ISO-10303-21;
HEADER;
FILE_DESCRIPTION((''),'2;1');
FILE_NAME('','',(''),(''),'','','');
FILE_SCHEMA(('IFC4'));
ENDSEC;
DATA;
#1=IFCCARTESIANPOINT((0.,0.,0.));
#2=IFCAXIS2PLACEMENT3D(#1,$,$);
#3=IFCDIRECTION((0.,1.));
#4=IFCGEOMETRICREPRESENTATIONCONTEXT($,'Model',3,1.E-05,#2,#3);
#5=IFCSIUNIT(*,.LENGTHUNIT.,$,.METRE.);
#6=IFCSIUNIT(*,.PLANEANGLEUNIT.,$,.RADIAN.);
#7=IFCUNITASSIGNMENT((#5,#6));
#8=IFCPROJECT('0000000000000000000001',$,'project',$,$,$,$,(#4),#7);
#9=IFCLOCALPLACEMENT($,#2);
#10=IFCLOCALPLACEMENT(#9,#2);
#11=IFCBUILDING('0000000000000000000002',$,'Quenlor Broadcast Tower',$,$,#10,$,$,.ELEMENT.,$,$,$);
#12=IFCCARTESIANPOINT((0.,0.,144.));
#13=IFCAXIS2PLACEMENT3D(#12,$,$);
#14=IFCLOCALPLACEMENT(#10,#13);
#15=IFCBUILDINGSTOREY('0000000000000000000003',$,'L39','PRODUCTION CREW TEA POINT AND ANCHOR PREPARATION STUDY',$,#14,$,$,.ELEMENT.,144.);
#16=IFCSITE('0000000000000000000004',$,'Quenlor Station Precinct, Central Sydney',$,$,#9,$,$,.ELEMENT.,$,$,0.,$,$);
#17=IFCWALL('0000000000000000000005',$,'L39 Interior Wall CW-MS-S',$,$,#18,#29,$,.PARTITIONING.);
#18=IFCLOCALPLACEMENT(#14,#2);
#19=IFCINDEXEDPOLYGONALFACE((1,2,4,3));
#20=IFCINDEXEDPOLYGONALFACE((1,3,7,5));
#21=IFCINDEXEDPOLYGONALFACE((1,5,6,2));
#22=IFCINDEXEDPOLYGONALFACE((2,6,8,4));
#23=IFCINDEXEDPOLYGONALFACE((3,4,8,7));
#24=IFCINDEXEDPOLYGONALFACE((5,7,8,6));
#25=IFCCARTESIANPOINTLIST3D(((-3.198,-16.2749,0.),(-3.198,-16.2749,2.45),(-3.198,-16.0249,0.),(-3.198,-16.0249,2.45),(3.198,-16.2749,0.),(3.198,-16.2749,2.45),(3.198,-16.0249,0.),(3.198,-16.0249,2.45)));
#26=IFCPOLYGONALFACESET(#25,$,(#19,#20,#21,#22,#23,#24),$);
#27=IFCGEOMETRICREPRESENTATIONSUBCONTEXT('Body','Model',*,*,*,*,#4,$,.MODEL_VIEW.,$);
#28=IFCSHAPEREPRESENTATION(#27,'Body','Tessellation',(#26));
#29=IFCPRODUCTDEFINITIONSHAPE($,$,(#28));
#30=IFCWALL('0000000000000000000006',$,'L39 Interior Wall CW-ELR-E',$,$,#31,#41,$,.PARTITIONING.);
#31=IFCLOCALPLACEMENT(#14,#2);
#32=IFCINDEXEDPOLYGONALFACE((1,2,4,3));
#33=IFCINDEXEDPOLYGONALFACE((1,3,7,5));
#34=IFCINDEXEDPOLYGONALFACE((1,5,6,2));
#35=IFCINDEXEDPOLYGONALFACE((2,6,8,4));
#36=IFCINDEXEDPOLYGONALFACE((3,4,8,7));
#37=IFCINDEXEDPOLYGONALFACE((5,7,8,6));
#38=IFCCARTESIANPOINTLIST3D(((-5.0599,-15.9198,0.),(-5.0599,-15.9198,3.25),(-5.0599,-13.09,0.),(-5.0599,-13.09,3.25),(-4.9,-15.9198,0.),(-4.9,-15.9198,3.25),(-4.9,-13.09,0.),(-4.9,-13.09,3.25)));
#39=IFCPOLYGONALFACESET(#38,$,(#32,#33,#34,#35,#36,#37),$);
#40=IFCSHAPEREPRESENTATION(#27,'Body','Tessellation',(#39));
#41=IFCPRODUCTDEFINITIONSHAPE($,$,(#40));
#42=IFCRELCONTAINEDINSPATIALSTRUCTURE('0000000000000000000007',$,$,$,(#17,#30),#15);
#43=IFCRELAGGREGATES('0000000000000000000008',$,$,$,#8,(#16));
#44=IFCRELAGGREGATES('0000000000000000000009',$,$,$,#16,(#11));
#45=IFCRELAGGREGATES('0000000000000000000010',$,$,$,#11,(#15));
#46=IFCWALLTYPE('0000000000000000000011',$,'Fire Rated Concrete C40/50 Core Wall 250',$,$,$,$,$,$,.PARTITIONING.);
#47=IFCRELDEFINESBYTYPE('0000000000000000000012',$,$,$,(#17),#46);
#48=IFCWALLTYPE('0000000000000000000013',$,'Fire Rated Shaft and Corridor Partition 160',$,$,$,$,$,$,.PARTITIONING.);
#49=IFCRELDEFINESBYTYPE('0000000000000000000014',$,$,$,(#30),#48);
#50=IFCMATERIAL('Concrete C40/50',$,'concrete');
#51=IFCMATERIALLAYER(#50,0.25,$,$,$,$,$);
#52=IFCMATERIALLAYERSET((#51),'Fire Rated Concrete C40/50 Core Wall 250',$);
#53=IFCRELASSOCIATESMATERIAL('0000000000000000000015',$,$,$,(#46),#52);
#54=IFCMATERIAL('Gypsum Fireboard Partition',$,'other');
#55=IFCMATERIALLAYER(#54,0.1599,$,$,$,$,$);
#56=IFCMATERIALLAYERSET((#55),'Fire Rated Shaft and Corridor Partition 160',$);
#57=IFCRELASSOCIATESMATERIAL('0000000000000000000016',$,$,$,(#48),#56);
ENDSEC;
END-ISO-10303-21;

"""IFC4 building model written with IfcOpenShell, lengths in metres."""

from ifc_helpers import new_model, si_unit, direction, frame, frame_2d, origin, place, context, subcontext, project, spatial, rectangle, extrude, material, layer, layer_set, type_object, element, save


model = new_model("IFC4")

# Units and contexts
model_context = context("Model", 3, precision=1e-05, world=origin(), true_north=direction((0.0, 1.0)))
body_context = subcontext(model_context, "Body", "Model", "MODEL_VIEW")
ifc_project = project(units=[si_unit("LENGTHUNIT", "METRE"), si_unit("PLANEANGLEUNIT", "RADIAN")], contexts=[model_context])

# Site, building, storey
site_placement = place(None, origin())
site = spatial("IfcSite", under=ifc_project, at=site_placement, Name="Quenlor Station Precinct, Central Sydney", CompositionType="ELEMENT", RefElevation=0.0)
building_placement = place(site_placement, origin())
building = spatial("IfcBuilding", under=site, at=building_placement, Name="Quenlor Broadcast Tower", CompositionType="ELEMENT")
storey_placement = place(building_placement, frame((0.0, 0.0, 144.0)))
storey = spatial("IfcBuildingStorey", under=building, at=storey_placement, Name="L39", Description="PRODUCTION CREW TEA POINT AND ANCHOR PREPARATION STUDY", CompositionType="ELEMENT", Elevation=144.0)

# Shared definitions
ifc_material_1 = material(Name="Concrete C40/50", Category="concrete")
ifc_layer_1 = layer(ifc_material_1, 0.25)
ifc_layer_set_1 = layer_set([ifc_layer_1], Name="Fire Rated Concrete C40/50 Core Wall 250")
wall_type_1 = type_object("IfcWallType", Name="Fire Rated Concrete C40/50 Core Wall 250", PredefinedType="PARTITIONING", material=ifc_layer_set_1)

# Walls
wall_1_placement = place(storey_placement, frame((-3.198, -16.1499, 0.0), z_axis=(0.0, 0.0, 1.0), x_axis=(1.0, 0.0, 0.0)))
element("IfcWall", 1, at=wall_1_placement, inside=storey, type_object=wall_type_1, Name="L39 Interior Wall CW-MS-S", PredefinedType="PARTITIONING", context=body_context, shape_type="SweptSolid", body=[
    extrude(rectangle(XDim=6.396, YDim=0.25, at=frame_2d((3.198, 0.0))), origin(), (0.0, 0.0, 1.0), 2.45),
])
ifc_material_2 = material(Name="Gypsum Fireboard Partition", Category="other")
ifc_layer_2 = layer(ifc_material_2, 0.1599)
ifc_layer_set_2 = layer_set([ifc_layer_2], Name="Fire Rated Shaft and Corridor Partition 160")
wall_type_2 = type_object("IfcWallType", Name="Fire Rated Shaft and Corridor Partition 160", PredefinedType="PARTITIONING", material=ifc_layer_set_2)
wall_2_placement = place(storey_placement, frame((-4.98, -15.9199, 0.0), z_axis=(0.0, 0.0, 1.0), x_axis=(0.0, 1.0, 0.0)))
element("IfcWall", 2, at=wall_2_placement, inside=storey, type_object=wall_type_2, Name="L39 Interior Wall CW-ELR-E", PredefinedType="PARTITIONING", context=body_context, shape_type="SweptSolid", body=[
    extrude(rectangle(XDim=2.8298, YDim=0.1599, at=frame_2d((1.415, 0.0))), origin(), (0.0, 0.0, 1.0), 3.25),
])

save(model, "model.ifc")
